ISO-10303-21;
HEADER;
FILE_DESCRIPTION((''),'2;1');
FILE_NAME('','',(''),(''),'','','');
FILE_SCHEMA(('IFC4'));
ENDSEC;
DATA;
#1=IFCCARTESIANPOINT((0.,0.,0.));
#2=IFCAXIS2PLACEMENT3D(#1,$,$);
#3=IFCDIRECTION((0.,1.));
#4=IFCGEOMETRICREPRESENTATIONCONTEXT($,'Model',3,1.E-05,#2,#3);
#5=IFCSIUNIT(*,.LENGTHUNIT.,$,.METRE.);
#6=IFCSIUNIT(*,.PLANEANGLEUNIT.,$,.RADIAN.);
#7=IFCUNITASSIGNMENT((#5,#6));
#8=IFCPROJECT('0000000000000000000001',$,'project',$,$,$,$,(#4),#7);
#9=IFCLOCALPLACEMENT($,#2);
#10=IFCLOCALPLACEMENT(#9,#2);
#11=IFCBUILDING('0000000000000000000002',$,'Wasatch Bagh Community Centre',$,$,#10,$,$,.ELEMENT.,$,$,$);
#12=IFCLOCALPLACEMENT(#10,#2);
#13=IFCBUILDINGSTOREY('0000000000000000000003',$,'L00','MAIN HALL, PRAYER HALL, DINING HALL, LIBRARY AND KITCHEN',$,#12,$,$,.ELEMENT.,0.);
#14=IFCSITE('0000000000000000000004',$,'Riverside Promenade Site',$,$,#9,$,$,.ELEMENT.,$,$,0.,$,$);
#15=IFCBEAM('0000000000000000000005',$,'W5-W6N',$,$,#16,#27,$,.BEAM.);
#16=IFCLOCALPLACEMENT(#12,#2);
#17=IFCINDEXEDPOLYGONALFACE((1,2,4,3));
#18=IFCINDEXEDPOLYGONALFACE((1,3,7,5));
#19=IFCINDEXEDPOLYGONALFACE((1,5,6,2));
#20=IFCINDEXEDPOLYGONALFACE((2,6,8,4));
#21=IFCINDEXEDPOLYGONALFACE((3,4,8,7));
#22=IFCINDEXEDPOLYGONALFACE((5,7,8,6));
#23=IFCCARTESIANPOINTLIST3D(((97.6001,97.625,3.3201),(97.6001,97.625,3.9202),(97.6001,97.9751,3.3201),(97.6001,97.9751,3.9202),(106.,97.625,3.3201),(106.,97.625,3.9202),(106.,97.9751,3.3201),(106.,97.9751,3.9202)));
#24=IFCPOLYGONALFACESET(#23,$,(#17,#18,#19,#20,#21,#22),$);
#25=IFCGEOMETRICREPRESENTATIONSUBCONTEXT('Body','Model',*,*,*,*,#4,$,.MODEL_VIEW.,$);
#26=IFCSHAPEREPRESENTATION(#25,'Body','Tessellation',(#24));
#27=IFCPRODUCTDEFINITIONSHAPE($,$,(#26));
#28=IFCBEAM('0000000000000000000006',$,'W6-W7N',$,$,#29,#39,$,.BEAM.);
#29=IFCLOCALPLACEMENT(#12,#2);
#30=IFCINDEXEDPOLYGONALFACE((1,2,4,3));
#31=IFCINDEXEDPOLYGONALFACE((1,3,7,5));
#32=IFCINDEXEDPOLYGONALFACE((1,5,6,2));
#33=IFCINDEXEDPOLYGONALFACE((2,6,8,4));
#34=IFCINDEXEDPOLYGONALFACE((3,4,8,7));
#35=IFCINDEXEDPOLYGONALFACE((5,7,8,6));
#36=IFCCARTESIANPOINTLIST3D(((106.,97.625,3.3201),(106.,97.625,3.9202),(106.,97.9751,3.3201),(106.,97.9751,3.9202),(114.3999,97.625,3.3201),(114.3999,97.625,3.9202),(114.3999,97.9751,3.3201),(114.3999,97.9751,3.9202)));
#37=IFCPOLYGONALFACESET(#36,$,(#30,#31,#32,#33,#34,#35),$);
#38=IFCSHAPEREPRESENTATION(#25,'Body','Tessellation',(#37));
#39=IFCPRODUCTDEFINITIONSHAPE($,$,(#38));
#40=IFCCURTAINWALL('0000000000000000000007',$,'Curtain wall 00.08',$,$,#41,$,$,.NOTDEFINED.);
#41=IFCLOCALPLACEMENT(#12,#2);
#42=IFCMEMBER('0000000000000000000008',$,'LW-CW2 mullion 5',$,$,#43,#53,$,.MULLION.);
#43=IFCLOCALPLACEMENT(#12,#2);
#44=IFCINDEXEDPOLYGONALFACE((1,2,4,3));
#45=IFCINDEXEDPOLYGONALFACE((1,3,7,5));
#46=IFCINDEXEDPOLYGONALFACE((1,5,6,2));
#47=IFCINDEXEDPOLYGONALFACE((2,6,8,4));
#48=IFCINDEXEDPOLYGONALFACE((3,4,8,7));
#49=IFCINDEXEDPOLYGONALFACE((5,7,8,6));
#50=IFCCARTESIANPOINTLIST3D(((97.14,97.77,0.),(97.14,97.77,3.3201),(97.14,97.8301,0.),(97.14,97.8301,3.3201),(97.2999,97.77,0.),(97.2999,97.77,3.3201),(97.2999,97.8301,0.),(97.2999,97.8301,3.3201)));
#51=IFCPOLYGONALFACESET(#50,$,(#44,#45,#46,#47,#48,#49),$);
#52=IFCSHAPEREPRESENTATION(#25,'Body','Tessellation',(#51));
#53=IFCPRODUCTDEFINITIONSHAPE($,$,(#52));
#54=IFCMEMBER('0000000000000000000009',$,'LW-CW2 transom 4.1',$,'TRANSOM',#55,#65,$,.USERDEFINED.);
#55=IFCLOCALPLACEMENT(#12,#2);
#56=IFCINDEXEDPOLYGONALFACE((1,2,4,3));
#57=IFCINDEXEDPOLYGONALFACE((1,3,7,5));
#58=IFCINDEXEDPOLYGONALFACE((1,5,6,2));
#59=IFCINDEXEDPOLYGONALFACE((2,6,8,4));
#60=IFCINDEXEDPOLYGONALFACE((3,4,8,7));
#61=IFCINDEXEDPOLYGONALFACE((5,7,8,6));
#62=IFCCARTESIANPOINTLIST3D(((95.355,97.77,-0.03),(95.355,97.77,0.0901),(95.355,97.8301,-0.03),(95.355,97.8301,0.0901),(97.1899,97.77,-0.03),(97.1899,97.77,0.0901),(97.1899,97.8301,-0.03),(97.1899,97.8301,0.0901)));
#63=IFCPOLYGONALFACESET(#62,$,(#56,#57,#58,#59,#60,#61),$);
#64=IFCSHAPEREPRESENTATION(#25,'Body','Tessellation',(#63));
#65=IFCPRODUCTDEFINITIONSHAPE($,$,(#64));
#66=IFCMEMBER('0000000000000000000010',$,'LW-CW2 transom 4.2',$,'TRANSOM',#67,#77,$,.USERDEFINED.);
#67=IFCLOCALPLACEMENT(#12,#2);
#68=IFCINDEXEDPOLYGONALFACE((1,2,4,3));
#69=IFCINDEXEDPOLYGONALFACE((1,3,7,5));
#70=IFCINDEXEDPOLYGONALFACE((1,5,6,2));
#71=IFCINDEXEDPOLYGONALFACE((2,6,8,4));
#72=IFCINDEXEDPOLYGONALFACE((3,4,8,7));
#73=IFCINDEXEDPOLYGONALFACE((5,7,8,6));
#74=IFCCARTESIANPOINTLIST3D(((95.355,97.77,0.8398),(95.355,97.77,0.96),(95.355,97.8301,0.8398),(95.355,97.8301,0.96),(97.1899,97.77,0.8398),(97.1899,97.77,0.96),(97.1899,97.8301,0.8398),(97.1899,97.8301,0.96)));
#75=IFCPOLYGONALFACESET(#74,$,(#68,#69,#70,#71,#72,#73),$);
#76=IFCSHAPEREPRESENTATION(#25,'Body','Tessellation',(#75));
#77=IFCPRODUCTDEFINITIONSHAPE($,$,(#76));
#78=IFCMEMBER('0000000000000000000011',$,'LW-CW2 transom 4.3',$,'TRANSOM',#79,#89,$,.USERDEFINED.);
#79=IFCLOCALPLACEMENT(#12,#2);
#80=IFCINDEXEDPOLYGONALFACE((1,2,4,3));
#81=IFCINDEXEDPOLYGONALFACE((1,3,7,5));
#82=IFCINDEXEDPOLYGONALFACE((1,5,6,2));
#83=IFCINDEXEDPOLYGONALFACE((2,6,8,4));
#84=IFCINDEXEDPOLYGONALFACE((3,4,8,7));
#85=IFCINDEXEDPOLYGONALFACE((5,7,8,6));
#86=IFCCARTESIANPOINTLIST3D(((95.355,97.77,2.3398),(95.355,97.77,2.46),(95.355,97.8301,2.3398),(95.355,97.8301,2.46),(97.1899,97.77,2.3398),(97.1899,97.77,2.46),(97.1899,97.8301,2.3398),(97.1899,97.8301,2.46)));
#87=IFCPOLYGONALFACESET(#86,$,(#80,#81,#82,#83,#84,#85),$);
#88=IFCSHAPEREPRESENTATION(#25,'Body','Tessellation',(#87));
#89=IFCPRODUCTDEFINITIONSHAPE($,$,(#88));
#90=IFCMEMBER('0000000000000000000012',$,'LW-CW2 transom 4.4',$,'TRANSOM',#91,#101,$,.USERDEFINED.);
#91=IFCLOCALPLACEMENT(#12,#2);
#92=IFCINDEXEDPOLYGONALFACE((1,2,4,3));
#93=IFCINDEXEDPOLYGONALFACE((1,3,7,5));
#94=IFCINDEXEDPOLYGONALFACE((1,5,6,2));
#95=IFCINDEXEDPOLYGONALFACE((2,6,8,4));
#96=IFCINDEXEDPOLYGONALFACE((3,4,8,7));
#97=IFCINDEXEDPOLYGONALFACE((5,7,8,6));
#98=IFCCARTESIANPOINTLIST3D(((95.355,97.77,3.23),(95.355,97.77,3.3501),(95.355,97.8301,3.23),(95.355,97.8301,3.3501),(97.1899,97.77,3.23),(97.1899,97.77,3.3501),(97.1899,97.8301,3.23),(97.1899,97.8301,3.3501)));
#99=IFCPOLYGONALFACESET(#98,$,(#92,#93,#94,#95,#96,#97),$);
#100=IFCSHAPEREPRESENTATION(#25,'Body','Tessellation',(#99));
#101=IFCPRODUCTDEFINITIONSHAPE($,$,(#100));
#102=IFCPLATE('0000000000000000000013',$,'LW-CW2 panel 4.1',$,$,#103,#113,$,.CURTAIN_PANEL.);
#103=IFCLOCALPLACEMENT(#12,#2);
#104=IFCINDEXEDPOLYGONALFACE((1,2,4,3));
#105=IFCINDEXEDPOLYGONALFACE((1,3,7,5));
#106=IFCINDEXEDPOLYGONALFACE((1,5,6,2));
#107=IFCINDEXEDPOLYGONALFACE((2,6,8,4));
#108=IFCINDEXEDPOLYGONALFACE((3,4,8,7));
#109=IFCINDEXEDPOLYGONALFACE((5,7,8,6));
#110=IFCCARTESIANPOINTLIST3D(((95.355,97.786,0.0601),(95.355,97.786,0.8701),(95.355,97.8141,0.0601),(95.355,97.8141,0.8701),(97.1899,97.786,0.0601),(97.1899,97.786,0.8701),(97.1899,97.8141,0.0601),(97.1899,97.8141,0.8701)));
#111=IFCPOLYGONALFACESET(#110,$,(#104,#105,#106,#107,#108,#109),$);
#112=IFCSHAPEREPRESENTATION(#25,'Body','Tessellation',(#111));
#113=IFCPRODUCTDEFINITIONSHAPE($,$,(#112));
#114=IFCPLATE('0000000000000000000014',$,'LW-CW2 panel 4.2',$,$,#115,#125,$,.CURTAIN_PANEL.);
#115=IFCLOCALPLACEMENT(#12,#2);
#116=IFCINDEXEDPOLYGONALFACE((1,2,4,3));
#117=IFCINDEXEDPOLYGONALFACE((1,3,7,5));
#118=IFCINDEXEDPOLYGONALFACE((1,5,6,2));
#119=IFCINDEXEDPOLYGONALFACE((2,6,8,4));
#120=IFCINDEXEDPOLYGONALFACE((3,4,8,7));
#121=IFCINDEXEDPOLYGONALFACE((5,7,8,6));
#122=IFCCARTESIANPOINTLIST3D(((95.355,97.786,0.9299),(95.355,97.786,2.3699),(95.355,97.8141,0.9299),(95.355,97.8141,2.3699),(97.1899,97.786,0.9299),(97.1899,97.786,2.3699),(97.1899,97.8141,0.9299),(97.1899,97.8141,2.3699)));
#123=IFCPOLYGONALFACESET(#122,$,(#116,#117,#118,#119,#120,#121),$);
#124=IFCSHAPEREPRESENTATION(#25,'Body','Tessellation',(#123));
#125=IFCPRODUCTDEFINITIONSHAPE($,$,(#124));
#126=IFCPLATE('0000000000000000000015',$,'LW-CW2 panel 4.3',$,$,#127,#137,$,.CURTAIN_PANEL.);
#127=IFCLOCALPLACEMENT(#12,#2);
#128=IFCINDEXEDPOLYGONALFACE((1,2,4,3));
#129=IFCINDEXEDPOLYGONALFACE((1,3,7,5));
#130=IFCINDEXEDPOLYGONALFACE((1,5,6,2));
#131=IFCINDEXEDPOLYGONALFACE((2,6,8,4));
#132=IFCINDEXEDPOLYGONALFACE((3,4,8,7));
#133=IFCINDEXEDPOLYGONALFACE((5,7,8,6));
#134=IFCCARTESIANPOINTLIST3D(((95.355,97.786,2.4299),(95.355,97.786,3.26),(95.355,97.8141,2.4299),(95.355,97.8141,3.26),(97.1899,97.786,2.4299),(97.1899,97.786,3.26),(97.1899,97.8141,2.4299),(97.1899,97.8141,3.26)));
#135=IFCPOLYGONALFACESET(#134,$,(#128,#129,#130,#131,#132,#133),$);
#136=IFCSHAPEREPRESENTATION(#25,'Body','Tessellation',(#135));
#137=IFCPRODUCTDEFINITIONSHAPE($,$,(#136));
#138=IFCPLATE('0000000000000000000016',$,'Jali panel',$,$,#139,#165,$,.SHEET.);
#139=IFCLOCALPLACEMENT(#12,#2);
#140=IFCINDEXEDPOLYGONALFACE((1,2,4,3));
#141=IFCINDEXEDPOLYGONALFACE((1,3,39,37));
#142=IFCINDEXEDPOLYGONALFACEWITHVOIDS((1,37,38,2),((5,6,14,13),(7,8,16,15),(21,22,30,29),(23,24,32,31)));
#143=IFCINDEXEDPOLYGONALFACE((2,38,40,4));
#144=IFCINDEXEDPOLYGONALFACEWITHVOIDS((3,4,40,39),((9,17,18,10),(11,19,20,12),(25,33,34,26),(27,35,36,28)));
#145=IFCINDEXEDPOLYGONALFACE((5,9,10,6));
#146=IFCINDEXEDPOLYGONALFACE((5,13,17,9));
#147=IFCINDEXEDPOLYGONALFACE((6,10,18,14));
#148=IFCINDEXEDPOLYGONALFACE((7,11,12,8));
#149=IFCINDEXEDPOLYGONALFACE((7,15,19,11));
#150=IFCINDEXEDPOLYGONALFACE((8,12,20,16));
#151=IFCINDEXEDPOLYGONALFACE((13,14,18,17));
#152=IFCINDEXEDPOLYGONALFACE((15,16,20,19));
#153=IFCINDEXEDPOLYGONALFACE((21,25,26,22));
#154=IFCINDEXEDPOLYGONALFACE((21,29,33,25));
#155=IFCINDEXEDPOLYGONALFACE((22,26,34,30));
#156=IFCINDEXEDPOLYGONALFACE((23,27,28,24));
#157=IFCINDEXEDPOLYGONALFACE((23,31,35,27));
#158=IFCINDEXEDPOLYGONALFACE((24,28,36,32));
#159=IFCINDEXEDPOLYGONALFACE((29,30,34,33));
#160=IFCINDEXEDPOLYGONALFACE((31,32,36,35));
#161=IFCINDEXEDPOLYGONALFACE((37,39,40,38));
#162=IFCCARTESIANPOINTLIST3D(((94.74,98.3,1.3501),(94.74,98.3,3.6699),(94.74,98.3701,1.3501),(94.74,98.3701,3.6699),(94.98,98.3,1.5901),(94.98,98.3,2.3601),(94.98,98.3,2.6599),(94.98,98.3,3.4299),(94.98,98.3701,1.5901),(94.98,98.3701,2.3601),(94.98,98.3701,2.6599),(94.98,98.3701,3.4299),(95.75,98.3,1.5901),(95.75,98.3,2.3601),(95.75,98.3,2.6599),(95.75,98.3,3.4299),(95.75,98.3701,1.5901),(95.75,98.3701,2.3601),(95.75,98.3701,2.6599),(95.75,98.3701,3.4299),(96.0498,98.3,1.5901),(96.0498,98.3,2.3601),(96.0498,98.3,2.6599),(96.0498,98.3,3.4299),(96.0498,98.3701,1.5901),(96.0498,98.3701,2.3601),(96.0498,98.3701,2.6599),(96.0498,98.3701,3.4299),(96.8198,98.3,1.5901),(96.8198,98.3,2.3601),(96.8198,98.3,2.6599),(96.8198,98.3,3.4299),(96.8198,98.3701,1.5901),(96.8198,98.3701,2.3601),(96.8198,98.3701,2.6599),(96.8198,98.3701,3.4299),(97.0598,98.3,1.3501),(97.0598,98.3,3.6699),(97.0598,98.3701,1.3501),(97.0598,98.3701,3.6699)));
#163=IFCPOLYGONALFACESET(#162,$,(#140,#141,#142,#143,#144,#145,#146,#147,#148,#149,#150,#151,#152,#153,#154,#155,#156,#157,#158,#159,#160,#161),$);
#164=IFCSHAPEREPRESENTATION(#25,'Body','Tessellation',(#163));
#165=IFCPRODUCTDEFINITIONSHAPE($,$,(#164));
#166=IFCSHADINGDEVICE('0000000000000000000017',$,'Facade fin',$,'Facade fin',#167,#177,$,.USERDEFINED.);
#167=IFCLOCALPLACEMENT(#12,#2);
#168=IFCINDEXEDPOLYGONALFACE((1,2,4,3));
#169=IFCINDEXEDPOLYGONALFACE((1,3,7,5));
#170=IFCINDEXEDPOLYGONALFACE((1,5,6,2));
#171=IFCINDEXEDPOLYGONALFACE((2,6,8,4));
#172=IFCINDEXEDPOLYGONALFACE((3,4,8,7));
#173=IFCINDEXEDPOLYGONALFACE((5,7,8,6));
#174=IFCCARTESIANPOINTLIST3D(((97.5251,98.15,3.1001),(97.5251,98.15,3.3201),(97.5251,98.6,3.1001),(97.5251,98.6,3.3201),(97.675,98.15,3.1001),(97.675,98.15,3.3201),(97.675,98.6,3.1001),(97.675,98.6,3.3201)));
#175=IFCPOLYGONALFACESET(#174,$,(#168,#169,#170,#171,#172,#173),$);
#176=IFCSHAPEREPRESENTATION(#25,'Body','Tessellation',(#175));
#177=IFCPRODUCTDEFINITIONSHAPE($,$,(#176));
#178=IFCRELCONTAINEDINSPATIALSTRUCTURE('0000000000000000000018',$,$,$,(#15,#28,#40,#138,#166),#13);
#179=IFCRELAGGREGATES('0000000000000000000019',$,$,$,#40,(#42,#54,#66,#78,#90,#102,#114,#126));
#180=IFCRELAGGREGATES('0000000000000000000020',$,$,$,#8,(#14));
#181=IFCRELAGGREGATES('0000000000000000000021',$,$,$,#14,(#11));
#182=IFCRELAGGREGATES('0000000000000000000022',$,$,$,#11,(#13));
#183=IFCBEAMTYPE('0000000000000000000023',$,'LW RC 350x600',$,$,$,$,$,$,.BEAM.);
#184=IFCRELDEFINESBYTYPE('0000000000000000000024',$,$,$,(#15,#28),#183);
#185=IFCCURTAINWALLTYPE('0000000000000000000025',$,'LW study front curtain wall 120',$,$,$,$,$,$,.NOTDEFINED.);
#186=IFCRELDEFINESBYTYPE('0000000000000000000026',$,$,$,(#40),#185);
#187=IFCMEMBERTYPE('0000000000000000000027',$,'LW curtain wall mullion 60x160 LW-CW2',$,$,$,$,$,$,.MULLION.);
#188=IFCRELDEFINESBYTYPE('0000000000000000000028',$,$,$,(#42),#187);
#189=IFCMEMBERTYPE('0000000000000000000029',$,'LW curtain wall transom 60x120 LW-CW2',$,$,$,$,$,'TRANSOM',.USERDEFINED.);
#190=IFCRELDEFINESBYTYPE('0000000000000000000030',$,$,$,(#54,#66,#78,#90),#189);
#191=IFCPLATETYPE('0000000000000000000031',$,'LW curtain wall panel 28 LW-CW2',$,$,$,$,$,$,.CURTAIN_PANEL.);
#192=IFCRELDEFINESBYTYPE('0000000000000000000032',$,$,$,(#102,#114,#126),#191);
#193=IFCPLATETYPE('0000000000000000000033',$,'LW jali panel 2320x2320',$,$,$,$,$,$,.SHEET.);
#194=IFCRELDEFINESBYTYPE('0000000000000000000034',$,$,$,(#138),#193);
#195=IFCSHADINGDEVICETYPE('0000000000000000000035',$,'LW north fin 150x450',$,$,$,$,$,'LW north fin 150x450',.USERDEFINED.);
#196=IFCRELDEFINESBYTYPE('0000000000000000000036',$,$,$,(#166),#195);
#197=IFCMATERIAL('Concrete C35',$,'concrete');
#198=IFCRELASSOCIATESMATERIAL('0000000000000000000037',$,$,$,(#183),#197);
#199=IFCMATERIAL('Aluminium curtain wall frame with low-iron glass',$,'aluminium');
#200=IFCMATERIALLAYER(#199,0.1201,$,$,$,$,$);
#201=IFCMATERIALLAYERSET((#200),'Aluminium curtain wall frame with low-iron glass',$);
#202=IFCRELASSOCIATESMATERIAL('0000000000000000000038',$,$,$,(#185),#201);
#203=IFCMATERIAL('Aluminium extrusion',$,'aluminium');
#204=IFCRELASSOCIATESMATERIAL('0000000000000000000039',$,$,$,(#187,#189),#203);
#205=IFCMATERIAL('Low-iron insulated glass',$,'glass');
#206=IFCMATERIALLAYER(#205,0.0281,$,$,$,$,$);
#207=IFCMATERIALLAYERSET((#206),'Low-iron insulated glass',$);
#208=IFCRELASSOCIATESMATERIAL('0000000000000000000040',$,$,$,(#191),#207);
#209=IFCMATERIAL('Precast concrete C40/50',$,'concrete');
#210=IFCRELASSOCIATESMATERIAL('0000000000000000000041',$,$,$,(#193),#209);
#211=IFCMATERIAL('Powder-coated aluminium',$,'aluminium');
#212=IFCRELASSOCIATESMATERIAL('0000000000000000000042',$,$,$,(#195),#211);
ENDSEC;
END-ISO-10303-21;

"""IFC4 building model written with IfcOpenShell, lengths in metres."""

from ifc_helpers import new_model, si_unit, direction, frame, origin, origin_2d, place, context, subcontext, project, spatial, polyline, rectangle, outline, extrude, material, layer, layer_set, material_profile, profile_set, type_object, element, aggregate, save


model = new_model("IFC4")

# Units and contexts
model_context = context("Model", 3, precision=1e-05, world=origin(), true_north=direction((0.0, 1.0)))
body_context = subcontext(model_context, "Body", "Model", "MODEL_VIEW")
ifc_project = project(units=[si_unit("LENGTHUNIT", "METRE"), si_unit("PLANEANGLEUNIT", "RADIAN")], contexts=[model_context])

# Site, building, storey
site_placement = place(None, origin())
site = spatial("IfcSite", under=ifc_project, at=site_placement, Name="Riverside Promenade Site", CompositionType="ELEMENT", RefElevation=0.0)
building_placement = place(site_placement, origin())
building = spatial("IfcBuilding", under=site, at=building_placement, Name="Wasatch Bagh Community Centre", CompositionType="ELEMENT")
storey_placement = place(building_placement, origin())
storey = spatial("IfcBuildingStorey", under=building, at=storey_placement, Name="L00", Description="MAIN HALL, PRAYER HALL, DINING HALL, LIBRARY AND KITCHEN", CompositionType="ELEMENT", Elevation=0.0)

# Shared definitions
ifc_material_1 = material(Name="Concrete C35", Category="concrete")

# Beams
ifc_material_profile_1 = material_profile(ifc_material_1, rectangle(XDim=0.3501, YDim=0.6001, at=origin_2d()), Name="RC 350x600")
ifc_profile_set_1 = profile_set([ifc_material_profile_1], Name="Concrete C35")
beam_type_1 = type_object("IfcBeamType", Name="LW RC 350x600", PredefinedType="BEAM", material=ifc_profile_set_1)
for number, where, z_axis, x_axis, name in (
    (1, (97.6001, 97.8, 3.6201), (1.0, 0.0, 0.0), (0.0, 1.0, 0.0), "W5-W6N"),
    (2, (106.0, 97.8, 3.6201), (1.0, 0.0, 0.0), (0.0, 1.0, 0.0), "W6-W7N"),
):
    element("IfcBeam", number, at=place(storey_placement, frame(where, z_axis=z_axis, x_axis=x_axis)), inside=storey, type_object=beam_type_1, Name=name, PredefinedType="BEAM", context=body_context, shape_type="SweptSolid", body=[
        extrude(rectangle(XDim=0.3501, YDim=0.6001, at=origin_2d()), origin(), (0.0, 0.0, 1.0), 8.3999),
    ])

# Curtain wall, members, plates
ifc_material_2 = material(Name="Aluminium curtain wall frame with low-iron glass", Category="aluminium")
ifc_layer_1 = layer(ifc_material_2, 0.1201)
ifc_layer_set_1 = layer_set([ifc_layer_1], Name="Aluminium curtain wall frame with low-iron glass")
curtain_wall_type = type_object("IfcCurtainWallType", Name="LW study front curtain wall 120", PredefinedType="NOTDEFINED", material=ifc_layer_set_1)
curtain_wall_placement = place(storey_placement, origin())
curtain_wall = element("IfcCurtainWall", 3, at=curtain_wall_placement, inside=storey, type_object=curtain_wall_type, Name="Curtain wall 00.08", PredefinedType="NOTDEFINED")
ifc_material_3 = material(Name="Aluminium extrusion", Category="aluminium")
ifc_material_profile_2 = material_profile(ifc_material_3, rectangle(XDim=0.0601, YDim=0.1599, at=origin_2d()), Name="AL 60x160")
ifc_profile_set_2 = profile_set([ifc_material_profile_2], Name="Aluminium extrusion")
member_type_1 = type_object("IfcMemberType", Name="LW curtain wall mullion 60x160 LW-CW2", PredefinedType="MULLION", material=ifc_profile_set_2)
member_1_placement = place(storey_placement, frame((97.22, 97.8, 0.0), z_axis=(0.0, 0.0, 1.0), x_axis=(0.0, 1.0, 0.0)))
member_1 = element("IfcMember", 4, at=member_1_placement, type_object=member_type_1, Name="LW-CW2 mullion 5", PredefinedType="MULLION", context=body_context, shape_type="SweptSolid", body=[
    extrude(rectangle(XDim=0.0601, YDim=0.1599, at=origin_2d()), origin(), (0.0, 0.0, 1.0), 3.3201),
])
ifc_material_profile_3 = material_profile(ifc_material_3, rectangle(XDim=0.0601, YDim=0.1201, at=origin_2d()), Name="AL 60x120")
ifc_profile_set_3 = profile_set([ifc_material_profile_3], Name="Aluminium extrusion")
member_type_2 = type_object("IfcMemberType", Name="LW curtain wall transom 60x120 LW-CW2", ElementType="TRANSOM", PredefinedType="USERDEFINED", material=ifc_profile_set_3)
member_2_placement = place(storey_placement, frame((95.355, 97.8, 0.03), z_axis=(1.0, 0.0, 0.0), x_axis=(0.0, 1.0, 0.0)))
member_2 = element("IfcMember", 5, at=member_2_placement, type_object=member_type_2, Name="LW-CW2 transom 4.1", ObjectType="TRANSOM", PredefinedType="USERDEFINED", context=body_context, shape_type="SweptSolid", body=[
    extrude(rectangle(XDim=0.0601, YDim=0.1201, at=origin_2d()), origin(), (0.0, 0.0, 1.0), 1.835),
])
member_3_placement = place(storey_placement, frame((95.355, 97.8, 0.8999), z_axis=(1.0, 0.0, 0.0), x_axis=(0.0, 1.0, 0.0)))
member_3 = element("IfcMember", 6, at=member_3_placement, type_object=member_type_2, Name="LW-CW2 transom 4.2", ObjectType="TRANSOM", PredefinedType="USERDEFINED", context=body_context, shape_type="SweptSolid", body=[
    extrude(rectangle(XDim=0.0601, YDim=0.1201, at=origin_2d()), origin(), (0.0, 0.0, 1.0), 1.835),
])
member_4_placement = place(storey_placement, frame((95.355, 97.8, 2.3999), z_axis=(1.0, 0.0, 0.0), x_axis=(0.0, 1.0, 0.0)))
member_4 = element("IfcMember", 7, at=member_4_placement, type_object=member_type_2, Name="LW-CW2 transom 4.3", ObjectType="TRANSOM", PredefinedType="USERDEFINED", context=body_context, shape_type="SweptSolid", body=[
    extrude(rectangle(XDim=0.0601, YDim=0.1201, at=origin_2d()), origin(), (0.0, 0.0, 1.0), 1.835),
])
member_5_placement = place(storey_placement, frame((95.355, 97.8, 3.29), z_axis=(1.0, 0.0, 0.0), x_axis=(0.0, 1.0, 0.0)))
member_5 = element("IfcMember", 8, at=member_5_placement, type_object=member_type_2, Name="LW-CW2 transom 4.4", ObjectType="TRANSOM", PredefinedType="USERDEFINED", context=body_context, shape_type="SweptSolid", body=[
    extrude(rectangle(XDim=0.0601, YDim=0.1201, at=origin_2d()), origin(), (0.0, 0.0, 1.0), 1.835),
])
ifc_material_4 = material(Name="Low-iron insulated glass", Category="glass")
ifc_layer_2 = layer(ifc_material_4, 0.0281)
ifc_layer_set_2 = layer_set([ifc_layer_2], Name="Low-iron insulated glass")
plate_type_1 = type_object("IfcPlateType", Name="LW curtain wall panel 28 LW-CW2", PredefinedType="CURTAIN_PANEL", material=ifc_layer_set_2)
plate_1_placement = place(storey_placement, frame((96.2725, 97.8, 0.0601), z_axis=(0.0, 0.0, 1.0), x_axis=(1.0, 0.0, 0.0)))
plate_1 = element("IfcPlate", 9, at=plate_1_placement, type_object=plate_type_1, Name="LW-CW2 panel 4.1", PredefinedType="CURTAIN_PANEL", context=body_context, shape_type="SweptSolid", body=[
    extrude(rectangle(XDim=1.835, YDim=0.0281, at=origin_2d()), origin(), (0.0, 0.0, 1.0), 0.8101),
])
plate_2_placement = place(storey_placement, frame((96.2725, 97.8, 0.9299), z_axis=(0.0, 0.0, 1.0), x_axis=(1.0, 0.0, 0.0)))
plate_2 = element("IfcPlate", 10, at=plate_2_placement, type_object=plate_type_1, Name="LW-CW2 panel 4.2", PredefinedType="CURTAIN_PANEL", context=body_context, shape_type="SweptSolid", body=[
    extrude(rectangle(XDim=1.835, YDim=0.0281, at=origin_2d()), origin(), (0.0, 0.0, 1.0), 1.4399),
])
plate_3_placement = place(storey_placement, frame((96.2725, 97.8, 2.4299), z_axis=(0.0, 0.0, 1.0), x_axis=(1.0, 0.0, 0.0)))
plate_3 = element("IfcPlate", 11, at=plate_3_placement, type_object=plate_type_1, Name="LW-CW2 panel 4.3", PredefinedType="CURTAIN_PANEL", context=body_context, shape_type="SweptSolid", body=[
    extrude(rectangle(XDim=1.835, YDim=0.0281, at=origin_2d()), origin(), (0.0, 0.0, 1.0), 0.8301),
])
aggregate(curtain_wall, [member_1, member_2, member_3, member_4, member_5, plate_1, plate_2, plate_3])

# Plate
ifc_material_5 = material(Name="Precast concrete C40/50", Category="concrete")
ifc_material_profile_4 = material_profile(ifc_material_5, outline(polyline([(-1.1599, -1.1599), (1.1599, -1.1599), (1.1599, 1.1599), (-1.1599, 1.1599), (-1.1599, -1.1599)]), holes=[polyline([(-0.9199, -0.9199), (-0.1499, -0.9199), (-0.1499, -0.1499), (-0.9199, -0.1499), (-0.9199, -0.9199)]), polyline([(-0.9199, 0.1499), (-0.1499, 0.1499), (-0.1499, 0.9199), (-0.9199, 0.9199), (-0.9199, 0.1499)]), polyline([(0.1499, -0.9199), (0.9199, -0.9199), (0.9199, -0.1499), (0.1499, -0.1499), (0.1499, -0.9199)]), polyline([(0.1499, 0.1499), (0.9199, 0.1499), (0.9199, 0.9199), (0.1499, 0.9199), (0.1499, 0.1499)])]), Name="Jali lattice")
ifc_profile_set_4 = profile_set([ifc_material_profile_4], Name="Precast concrete C40/50")
plate_type_2 = type_object("IfcPlateType", Name="LW jali panel 2320x2320", PredefinedType="SHEET", material=ifc_profile_set_4)
plate_4_placement = place(storey_placement, frame((95.8999, 98.3, 2.51), z_axis=(0.0, 1.0, 0.0), x_axis=(-1.0, 0.0, 0.0)))
element("IfcPlate", 12, at=plate_4_placement, inside=storey, type_object=plate_type_2, Name="Jali panel", PredefinedType="SHEET", context=body_context, shape_type="SweptSolid", body=[
    extrude(outline(polyline([(-1.1599, -1.1599), (1.1599, -1.1599), (1.1599, 1.1599), (-1.1599, 1.1599), (-1.1599, -1.1599)]), holes=[polyline([(-0.9199, -0.9199), (-0.1499, -0.9199), (-0.1499, -0.1499), (-0.9199, -0.1499), (-0.9199, -0.9199)]), polyline([(-0.9199, 0.1499), (-0.1499, 0.1499), (-0.1499, 0.9199), (-0.9199, 0.9199), (-0.9199, 0.1499)]), polyline([(0.1499, -0.9199), (0.9199, -0.9199), (0.9199, -0.1499), (0.1499, -0.1499), (0.1499, -0.9199)]), polyline([(0.1499, 0.1499), (0.9199, 0.1499), (0.9199, 0.9199), (0.1499, 0.9199), (0.1499, 0.1499)])]), origin(), (0.0, 0.0, 1.0), 0.0701),
])

# Shading device
ifc_material_6 = material(Name="Powder-coated aluminium", Category="aluminium")
shading_device_type = type_object("IfcShadingDeviceType", Name="LW north fin 150x450", ElementType="LW north fin 150x450", PredefinedType="USERDEFINED", material=ifc_material_6)
for number, where, z_axis, x_axis, name in (
    (13, (97.6001, 98.375, 3.1001), (0.0, 0.0, 1.0), (1.0, 0.0, 0.0), "Facade fin"),
):
    element("IfcShadingDevice", number, at=place(storey_placement, frame(where, z_axis=z_axis, x_axis=x_axis)), inside=storey, type_object=shading_device_type, Name=name, ObjectType="Facade fin", PredefinedType="USERDEFINED", context=body_context, shape_type="SweptSolid", body=[
        extrude(rectangle(XDim=0.1499, YDim=0.45, at=origin_2d()), origin(), (0.0, 0.0, 1.0), 0.22),
    ])

save(model, "model.ifc")
